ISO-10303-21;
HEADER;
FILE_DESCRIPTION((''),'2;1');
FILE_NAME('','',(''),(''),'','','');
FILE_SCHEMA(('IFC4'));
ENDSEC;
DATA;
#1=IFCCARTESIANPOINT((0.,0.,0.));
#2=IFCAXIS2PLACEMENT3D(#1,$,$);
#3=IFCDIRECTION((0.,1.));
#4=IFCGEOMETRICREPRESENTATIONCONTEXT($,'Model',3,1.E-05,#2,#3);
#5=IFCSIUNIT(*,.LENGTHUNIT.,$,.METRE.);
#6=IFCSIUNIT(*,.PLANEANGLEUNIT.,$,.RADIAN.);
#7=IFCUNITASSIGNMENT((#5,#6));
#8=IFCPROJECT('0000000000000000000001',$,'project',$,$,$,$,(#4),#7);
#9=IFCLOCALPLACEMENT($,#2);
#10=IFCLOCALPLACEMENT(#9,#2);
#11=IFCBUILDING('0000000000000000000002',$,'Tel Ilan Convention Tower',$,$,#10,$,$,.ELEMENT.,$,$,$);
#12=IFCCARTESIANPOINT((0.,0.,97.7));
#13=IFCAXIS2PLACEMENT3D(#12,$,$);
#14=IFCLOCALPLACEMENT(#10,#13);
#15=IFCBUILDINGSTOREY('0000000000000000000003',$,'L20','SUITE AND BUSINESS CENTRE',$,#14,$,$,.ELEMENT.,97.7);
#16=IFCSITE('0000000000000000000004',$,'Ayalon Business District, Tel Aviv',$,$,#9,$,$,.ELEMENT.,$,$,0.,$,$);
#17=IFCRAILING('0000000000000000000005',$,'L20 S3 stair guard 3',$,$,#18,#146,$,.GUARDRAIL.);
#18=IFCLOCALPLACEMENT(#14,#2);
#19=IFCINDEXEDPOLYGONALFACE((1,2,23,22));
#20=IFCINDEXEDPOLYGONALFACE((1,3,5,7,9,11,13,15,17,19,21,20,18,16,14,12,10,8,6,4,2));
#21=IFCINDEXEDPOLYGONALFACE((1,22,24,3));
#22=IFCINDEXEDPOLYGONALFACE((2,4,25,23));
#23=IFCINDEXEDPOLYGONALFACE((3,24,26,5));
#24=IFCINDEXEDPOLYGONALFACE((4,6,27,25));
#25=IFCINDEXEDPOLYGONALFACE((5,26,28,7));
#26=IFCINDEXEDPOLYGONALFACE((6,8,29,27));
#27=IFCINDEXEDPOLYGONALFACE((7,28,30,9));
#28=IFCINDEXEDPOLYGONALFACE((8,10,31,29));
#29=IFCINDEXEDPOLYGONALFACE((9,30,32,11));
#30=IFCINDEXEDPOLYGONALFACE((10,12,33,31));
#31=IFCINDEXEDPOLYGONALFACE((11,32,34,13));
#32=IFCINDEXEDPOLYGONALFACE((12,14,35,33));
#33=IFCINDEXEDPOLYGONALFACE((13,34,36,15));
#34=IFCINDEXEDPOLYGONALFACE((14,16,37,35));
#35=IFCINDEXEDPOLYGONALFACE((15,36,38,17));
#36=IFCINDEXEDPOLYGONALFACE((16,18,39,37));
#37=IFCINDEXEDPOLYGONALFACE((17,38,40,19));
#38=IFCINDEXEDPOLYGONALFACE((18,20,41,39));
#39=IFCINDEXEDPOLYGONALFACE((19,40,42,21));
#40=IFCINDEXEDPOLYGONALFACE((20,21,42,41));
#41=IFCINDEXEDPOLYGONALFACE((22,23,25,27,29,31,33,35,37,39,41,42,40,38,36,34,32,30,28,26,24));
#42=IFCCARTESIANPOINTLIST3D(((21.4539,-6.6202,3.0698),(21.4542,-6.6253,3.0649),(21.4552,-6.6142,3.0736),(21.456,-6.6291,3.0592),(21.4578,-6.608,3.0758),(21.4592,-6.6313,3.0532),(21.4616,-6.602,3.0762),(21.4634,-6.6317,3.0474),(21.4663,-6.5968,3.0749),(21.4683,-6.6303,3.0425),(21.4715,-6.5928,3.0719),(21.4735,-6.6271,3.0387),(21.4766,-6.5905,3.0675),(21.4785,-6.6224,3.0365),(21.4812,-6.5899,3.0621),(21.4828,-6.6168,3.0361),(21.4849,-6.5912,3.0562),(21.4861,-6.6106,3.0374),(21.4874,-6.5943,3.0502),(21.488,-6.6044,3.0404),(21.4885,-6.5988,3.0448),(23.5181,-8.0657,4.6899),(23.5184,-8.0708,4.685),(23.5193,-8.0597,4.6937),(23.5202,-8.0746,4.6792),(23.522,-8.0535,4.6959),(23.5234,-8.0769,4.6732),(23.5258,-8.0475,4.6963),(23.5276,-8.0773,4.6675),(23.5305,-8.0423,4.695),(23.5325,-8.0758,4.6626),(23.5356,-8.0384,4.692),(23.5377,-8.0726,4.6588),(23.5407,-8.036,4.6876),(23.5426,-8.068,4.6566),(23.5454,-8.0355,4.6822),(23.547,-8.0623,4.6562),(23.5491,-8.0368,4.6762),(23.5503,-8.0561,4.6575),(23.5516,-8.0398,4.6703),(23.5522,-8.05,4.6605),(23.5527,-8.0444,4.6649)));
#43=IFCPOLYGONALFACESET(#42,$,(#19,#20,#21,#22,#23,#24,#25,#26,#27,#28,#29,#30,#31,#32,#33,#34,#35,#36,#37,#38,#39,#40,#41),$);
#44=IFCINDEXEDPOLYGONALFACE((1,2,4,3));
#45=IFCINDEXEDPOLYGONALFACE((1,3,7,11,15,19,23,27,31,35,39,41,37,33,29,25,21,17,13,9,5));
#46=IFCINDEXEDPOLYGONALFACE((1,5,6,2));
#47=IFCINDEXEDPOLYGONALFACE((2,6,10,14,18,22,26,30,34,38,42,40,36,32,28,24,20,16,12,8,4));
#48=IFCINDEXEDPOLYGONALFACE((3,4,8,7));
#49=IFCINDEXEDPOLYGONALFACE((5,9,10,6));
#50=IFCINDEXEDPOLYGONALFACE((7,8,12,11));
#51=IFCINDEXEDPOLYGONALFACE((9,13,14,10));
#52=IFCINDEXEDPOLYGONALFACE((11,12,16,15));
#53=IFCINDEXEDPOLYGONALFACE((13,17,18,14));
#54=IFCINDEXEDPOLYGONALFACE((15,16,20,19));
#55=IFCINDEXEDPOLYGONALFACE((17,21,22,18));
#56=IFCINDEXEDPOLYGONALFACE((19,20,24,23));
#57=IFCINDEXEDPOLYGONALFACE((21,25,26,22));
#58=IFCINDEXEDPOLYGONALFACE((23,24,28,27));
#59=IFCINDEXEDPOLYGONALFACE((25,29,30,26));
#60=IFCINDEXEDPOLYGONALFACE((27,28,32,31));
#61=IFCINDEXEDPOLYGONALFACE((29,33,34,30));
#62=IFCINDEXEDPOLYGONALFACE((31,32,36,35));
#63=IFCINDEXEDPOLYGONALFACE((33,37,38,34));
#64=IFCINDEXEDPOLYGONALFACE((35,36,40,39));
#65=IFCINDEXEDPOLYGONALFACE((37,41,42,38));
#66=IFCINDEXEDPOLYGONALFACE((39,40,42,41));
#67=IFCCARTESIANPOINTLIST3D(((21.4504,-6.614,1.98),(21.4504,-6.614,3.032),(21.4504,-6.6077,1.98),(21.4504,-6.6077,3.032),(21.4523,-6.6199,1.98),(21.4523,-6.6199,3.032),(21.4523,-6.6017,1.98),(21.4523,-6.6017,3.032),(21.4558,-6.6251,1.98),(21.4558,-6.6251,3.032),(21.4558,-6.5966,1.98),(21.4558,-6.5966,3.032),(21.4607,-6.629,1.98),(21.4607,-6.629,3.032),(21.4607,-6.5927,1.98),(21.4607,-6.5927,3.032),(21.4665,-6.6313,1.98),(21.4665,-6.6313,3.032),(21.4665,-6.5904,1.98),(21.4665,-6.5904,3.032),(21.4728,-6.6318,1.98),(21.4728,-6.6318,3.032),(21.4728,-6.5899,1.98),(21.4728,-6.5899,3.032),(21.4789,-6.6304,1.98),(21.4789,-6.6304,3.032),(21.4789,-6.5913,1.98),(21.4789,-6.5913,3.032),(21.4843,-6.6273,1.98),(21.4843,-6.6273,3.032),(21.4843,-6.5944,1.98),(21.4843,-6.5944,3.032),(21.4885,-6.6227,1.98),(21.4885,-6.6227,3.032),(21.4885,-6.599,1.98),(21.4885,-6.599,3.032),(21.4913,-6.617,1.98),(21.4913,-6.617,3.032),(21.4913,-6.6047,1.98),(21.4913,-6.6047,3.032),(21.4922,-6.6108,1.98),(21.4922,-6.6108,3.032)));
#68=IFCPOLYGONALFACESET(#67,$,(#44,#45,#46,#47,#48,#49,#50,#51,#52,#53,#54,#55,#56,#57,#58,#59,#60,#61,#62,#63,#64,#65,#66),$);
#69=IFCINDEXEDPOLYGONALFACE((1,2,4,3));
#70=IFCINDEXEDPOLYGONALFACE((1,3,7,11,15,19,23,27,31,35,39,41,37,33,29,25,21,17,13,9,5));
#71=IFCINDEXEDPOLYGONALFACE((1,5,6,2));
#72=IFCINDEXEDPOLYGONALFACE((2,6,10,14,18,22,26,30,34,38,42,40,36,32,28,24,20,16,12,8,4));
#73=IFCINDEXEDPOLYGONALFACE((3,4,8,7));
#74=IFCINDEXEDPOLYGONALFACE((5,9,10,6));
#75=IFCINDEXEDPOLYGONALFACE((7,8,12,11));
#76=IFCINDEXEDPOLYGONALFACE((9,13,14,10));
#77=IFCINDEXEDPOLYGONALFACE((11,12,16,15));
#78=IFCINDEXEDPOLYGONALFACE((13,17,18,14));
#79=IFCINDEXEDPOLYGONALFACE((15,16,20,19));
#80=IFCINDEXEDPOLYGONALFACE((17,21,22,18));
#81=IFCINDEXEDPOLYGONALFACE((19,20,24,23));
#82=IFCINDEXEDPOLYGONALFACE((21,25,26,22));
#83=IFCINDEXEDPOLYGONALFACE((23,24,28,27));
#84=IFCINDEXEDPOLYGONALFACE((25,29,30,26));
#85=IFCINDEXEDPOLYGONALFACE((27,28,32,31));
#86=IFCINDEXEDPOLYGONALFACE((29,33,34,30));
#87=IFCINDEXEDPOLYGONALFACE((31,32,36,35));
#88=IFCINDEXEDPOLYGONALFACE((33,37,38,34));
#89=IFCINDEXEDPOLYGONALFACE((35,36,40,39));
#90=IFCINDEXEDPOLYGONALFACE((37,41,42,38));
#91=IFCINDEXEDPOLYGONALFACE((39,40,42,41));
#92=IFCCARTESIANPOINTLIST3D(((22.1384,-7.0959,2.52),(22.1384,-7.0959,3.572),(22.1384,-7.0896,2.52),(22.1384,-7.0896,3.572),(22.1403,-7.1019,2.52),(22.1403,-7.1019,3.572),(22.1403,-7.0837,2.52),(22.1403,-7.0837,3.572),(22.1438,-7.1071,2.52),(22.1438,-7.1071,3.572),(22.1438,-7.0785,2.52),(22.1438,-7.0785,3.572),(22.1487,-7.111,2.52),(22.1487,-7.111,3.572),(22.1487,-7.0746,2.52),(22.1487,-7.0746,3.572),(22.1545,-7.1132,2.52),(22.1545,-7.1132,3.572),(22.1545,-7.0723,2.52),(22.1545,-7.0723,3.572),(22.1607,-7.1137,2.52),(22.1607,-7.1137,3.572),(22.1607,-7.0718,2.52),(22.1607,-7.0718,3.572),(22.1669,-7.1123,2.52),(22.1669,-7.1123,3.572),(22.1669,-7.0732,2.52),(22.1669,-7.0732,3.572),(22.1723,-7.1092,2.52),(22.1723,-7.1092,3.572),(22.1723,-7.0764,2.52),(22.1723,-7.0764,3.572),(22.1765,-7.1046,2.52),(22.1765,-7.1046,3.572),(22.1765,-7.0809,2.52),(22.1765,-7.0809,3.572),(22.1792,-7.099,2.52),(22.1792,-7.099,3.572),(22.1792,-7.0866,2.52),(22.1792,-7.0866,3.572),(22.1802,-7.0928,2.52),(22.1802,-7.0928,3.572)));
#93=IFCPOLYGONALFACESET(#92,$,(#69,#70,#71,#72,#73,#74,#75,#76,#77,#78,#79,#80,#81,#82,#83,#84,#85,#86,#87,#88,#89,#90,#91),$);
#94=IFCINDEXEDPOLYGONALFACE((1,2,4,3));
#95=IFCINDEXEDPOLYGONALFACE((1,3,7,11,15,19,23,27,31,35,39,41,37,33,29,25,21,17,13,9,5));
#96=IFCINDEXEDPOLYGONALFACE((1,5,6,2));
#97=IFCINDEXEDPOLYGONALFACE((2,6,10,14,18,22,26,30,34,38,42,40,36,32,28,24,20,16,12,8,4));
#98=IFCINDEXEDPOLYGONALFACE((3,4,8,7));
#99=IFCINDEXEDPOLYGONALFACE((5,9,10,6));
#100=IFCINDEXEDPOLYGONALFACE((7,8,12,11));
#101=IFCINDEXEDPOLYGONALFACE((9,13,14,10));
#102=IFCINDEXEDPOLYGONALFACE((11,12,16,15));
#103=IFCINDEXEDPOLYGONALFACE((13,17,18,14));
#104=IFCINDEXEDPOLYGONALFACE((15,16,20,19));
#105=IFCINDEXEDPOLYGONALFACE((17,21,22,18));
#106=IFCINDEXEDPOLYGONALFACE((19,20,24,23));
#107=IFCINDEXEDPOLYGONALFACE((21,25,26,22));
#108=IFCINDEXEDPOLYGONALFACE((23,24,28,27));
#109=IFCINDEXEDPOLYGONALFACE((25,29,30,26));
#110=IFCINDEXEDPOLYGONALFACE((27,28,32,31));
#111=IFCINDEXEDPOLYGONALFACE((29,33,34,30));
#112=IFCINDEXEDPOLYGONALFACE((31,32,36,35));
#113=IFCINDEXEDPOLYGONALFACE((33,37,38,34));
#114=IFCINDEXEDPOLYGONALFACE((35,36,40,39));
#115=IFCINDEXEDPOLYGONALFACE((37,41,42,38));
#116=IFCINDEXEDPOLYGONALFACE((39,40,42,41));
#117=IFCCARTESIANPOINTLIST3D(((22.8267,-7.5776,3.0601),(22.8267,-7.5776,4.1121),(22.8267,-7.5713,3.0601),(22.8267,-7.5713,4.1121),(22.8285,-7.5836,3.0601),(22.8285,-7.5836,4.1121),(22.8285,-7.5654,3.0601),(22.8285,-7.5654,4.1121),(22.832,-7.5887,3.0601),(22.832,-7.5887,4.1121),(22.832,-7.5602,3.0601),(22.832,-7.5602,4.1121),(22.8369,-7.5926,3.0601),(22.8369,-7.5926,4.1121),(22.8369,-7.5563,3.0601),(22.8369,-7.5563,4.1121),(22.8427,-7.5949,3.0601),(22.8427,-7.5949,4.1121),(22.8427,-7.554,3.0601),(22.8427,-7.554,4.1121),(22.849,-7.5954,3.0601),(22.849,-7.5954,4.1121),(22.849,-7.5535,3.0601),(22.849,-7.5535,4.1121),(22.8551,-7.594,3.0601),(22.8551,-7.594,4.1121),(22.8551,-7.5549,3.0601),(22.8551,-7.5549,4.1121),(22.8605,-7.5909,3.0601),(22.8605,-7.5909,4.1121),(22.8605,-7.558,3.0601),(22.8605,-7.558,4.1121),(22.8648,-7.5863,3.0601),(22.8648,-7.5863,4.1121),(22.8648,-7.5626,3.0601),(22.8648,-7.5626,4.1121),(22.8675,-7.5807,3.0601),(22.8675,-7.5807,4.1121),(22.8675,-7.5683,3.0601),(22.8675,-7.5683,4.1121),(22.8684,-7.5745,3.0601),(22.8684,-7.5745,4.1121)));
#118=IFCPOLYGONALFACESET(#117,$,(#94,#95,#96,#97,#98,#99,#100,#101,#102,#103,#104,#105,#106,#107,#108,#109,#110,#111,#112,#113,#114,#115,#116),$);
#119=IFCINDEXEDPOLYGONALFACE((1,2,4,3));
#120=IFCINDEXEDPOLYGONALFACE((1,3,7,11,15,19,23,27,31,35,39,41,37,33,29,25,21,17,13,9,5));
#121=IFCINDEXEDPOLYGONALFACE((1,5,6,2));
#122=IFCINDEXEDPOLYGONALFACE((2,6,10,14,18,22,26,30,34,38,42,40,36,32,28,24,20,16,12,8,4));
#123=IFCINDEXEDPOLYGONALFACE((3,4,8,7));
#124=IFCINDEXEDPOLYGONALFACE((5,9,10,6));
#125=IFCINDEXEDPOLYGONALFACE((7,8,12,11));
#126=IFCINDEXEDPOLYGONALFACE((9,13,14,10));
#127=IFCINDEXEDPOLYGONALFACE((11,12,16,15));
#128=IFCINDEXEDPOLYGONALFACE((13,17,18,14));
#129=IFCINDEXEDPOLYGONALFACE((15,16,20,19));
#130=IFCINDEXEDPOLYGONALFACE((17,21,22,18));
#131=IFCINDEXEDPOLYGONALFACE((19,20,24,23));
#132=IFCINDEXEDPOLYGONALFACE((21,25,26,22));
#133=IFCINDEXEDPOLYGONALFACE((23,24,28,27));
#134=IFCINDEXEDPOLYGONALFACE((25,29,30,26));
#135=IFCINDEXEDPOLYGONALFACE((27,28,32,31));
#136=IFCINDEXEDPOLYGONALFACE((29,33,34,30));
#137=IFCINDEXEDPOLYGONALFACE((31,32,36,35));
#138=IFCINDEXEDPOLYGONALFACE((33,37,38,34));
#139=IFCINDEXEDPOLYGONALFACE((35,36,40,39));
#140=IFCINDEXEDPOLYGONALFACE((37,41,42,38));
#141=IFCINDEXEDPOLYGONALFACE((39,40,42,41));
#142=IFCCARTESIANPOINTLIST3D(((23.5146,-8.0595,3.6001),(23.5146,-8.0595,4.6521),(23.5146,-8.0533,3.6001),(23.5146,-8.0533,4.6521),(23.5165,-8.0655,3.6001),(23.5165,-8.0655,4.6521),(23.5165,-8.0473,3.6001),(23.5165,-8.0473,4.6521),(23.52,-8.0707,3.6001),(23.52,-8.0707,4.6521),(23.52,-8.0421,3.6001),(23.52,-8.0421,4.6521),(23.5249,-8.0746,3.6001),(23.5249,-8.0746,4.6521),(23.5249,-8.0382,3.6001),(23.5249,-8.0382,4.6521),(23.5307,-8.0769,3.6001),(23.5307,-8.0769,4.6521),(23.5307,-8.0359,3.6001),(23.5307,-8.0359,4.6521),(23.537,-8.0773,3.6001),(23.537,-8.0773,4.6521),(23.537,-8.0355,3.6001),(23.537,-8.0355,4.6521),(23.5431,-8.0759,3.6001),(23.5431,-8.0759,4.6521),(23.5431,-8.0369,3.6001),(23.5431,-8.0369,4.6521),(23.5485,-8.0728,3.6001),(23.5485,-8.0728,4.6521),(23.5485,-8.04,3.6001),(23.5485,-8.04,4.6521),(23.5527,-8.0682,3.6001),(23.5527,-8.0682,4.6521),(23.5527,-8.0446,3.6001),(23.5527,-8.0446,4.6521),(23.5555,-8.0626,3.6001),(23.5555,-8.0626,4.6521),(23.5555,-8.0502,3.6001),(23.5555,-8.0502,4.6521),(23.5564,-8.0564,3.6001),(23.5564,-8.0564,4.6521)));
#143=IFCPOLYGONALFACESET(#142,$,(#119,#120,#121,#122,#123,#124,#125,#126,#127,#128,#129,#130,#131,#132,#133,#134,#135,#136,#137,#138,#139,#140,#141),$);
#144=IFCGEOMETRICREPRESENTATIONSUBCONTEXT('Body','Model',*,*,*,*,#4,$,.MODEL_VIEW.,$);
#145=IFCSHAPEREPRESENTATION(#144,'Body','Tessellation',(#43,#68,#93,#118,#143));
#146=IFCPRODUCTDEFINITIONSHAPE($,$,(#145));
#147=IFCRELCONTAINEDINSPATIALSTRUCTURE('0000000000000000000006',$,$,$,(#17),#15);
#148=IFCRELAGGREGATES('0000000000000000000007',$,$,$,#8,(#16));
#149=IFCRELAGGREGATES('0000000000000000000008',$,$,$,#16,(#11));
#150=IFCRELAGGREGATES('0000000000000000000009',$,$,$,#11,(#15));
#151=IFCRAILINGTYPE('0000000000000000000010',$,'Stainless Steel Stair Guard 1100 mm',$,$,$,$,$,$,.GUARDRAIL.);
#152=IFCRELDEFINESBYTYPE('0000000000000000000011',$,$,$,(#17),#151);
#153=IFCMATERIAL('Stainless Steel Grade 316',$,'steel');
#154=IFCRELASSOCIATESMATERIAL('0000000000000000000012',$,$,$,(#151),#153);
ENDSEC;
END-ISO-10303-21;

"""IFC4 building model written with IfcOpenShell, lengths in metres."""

from ifc_helpers import new_model, si_unit, direction, frame, origin, origin_2d, place, context, subcontext, project, spatial, circle, extrude, material, type_object, element, save


model = new_model("IFC4")

# Units and contexts
model_context = context("Model", 3, precision=1e-05, world=origin(), true_north=direction((0.0, 1.0)))
body_context = subcontext(model_context, "Body", "Model", "MODEL_VIEW")
ifc_project = project(units=[si_unit("LENGTHUNIT", "METRE"), si_unit("PLANEANGLEUNIT", "RADIAN")], contexts=[model_context])

# Site, building, storey
site_placement = place(None, origin())
site = spatial("IfcSite", under=ifc_project, at=site_placement, Name="Ayalon Business District, Tel Aviv", CompositionType="ELEMENT", RefElevation=0.0)
building_placement = place(site_placement, origin())
building = spatial("IfcBuilding", under=site, at=building_placement, Name="Tel Ilan Convention Tower", CompositionType="ELEMENT")
storey_placement = place(building_placement, frame((0.0, 0.0, 97.7)))
storey = spatial("IfcBuildingStorey", under=building, at=storey_placement, Name="L20", Description="SUITE AND BUSINESS CENTRE", CompositionType="ELEMENT", Elevation=97.7)

# Railing
ifc_material_1 = material(Name="Stainless Steel Grade 316", Category="steel")
railing_type_1 = type_object("IfcRailingType", Name="Stainless Steel Stair Guard 1100 mm", PredefinedType="GUARDRAIL", material=ifc_material_1)
railing_1_placement = place(storey_placement, frame((21.4712, -6.6108, 1.98)))
element("IfcRailing", 1, at=railing_1_placement, inside=storey, type_object=railing_type_1, Name="L20 S3 stair guard 3", PredefinedType="GUARDRAIL", context=body_context, shape_type="SweptSolid", body=[
    extrude(circle(Radius=0.0239, at=origin_2d()), frame((0.0, 0.0, 1.0762), z_axis=(0.689013, -0.482513, 0.540779), x_axis=(0.573625, 0.819118, 0.0)), (0.0, 0.0, 1.0), 2.9958),
    extrude(circle(Radius=0.021, at=origin_2d()), origin(), (0.0, 0.0, 1.0), 1.052),
    extrude(circle(Radius=0.021, at=origin_2d()), frame((0.688, -0.4819, 0.54)), (0.0, 0.0, 1.0), 1.052),
    extrude(circle(Radius=0.021, at=origin_2d()), frame((1.3762, -0.9636, 1.0801)), (0.0, 0.0, 1.0), 1.052),
    extrude(circle(Radius=0.021, at=origin_2d()), frame((2.0642, -1.4456, 1.6201)), (0.0, 0.0, 1.0), 1.052),
])

save(model, "model.ifc")
